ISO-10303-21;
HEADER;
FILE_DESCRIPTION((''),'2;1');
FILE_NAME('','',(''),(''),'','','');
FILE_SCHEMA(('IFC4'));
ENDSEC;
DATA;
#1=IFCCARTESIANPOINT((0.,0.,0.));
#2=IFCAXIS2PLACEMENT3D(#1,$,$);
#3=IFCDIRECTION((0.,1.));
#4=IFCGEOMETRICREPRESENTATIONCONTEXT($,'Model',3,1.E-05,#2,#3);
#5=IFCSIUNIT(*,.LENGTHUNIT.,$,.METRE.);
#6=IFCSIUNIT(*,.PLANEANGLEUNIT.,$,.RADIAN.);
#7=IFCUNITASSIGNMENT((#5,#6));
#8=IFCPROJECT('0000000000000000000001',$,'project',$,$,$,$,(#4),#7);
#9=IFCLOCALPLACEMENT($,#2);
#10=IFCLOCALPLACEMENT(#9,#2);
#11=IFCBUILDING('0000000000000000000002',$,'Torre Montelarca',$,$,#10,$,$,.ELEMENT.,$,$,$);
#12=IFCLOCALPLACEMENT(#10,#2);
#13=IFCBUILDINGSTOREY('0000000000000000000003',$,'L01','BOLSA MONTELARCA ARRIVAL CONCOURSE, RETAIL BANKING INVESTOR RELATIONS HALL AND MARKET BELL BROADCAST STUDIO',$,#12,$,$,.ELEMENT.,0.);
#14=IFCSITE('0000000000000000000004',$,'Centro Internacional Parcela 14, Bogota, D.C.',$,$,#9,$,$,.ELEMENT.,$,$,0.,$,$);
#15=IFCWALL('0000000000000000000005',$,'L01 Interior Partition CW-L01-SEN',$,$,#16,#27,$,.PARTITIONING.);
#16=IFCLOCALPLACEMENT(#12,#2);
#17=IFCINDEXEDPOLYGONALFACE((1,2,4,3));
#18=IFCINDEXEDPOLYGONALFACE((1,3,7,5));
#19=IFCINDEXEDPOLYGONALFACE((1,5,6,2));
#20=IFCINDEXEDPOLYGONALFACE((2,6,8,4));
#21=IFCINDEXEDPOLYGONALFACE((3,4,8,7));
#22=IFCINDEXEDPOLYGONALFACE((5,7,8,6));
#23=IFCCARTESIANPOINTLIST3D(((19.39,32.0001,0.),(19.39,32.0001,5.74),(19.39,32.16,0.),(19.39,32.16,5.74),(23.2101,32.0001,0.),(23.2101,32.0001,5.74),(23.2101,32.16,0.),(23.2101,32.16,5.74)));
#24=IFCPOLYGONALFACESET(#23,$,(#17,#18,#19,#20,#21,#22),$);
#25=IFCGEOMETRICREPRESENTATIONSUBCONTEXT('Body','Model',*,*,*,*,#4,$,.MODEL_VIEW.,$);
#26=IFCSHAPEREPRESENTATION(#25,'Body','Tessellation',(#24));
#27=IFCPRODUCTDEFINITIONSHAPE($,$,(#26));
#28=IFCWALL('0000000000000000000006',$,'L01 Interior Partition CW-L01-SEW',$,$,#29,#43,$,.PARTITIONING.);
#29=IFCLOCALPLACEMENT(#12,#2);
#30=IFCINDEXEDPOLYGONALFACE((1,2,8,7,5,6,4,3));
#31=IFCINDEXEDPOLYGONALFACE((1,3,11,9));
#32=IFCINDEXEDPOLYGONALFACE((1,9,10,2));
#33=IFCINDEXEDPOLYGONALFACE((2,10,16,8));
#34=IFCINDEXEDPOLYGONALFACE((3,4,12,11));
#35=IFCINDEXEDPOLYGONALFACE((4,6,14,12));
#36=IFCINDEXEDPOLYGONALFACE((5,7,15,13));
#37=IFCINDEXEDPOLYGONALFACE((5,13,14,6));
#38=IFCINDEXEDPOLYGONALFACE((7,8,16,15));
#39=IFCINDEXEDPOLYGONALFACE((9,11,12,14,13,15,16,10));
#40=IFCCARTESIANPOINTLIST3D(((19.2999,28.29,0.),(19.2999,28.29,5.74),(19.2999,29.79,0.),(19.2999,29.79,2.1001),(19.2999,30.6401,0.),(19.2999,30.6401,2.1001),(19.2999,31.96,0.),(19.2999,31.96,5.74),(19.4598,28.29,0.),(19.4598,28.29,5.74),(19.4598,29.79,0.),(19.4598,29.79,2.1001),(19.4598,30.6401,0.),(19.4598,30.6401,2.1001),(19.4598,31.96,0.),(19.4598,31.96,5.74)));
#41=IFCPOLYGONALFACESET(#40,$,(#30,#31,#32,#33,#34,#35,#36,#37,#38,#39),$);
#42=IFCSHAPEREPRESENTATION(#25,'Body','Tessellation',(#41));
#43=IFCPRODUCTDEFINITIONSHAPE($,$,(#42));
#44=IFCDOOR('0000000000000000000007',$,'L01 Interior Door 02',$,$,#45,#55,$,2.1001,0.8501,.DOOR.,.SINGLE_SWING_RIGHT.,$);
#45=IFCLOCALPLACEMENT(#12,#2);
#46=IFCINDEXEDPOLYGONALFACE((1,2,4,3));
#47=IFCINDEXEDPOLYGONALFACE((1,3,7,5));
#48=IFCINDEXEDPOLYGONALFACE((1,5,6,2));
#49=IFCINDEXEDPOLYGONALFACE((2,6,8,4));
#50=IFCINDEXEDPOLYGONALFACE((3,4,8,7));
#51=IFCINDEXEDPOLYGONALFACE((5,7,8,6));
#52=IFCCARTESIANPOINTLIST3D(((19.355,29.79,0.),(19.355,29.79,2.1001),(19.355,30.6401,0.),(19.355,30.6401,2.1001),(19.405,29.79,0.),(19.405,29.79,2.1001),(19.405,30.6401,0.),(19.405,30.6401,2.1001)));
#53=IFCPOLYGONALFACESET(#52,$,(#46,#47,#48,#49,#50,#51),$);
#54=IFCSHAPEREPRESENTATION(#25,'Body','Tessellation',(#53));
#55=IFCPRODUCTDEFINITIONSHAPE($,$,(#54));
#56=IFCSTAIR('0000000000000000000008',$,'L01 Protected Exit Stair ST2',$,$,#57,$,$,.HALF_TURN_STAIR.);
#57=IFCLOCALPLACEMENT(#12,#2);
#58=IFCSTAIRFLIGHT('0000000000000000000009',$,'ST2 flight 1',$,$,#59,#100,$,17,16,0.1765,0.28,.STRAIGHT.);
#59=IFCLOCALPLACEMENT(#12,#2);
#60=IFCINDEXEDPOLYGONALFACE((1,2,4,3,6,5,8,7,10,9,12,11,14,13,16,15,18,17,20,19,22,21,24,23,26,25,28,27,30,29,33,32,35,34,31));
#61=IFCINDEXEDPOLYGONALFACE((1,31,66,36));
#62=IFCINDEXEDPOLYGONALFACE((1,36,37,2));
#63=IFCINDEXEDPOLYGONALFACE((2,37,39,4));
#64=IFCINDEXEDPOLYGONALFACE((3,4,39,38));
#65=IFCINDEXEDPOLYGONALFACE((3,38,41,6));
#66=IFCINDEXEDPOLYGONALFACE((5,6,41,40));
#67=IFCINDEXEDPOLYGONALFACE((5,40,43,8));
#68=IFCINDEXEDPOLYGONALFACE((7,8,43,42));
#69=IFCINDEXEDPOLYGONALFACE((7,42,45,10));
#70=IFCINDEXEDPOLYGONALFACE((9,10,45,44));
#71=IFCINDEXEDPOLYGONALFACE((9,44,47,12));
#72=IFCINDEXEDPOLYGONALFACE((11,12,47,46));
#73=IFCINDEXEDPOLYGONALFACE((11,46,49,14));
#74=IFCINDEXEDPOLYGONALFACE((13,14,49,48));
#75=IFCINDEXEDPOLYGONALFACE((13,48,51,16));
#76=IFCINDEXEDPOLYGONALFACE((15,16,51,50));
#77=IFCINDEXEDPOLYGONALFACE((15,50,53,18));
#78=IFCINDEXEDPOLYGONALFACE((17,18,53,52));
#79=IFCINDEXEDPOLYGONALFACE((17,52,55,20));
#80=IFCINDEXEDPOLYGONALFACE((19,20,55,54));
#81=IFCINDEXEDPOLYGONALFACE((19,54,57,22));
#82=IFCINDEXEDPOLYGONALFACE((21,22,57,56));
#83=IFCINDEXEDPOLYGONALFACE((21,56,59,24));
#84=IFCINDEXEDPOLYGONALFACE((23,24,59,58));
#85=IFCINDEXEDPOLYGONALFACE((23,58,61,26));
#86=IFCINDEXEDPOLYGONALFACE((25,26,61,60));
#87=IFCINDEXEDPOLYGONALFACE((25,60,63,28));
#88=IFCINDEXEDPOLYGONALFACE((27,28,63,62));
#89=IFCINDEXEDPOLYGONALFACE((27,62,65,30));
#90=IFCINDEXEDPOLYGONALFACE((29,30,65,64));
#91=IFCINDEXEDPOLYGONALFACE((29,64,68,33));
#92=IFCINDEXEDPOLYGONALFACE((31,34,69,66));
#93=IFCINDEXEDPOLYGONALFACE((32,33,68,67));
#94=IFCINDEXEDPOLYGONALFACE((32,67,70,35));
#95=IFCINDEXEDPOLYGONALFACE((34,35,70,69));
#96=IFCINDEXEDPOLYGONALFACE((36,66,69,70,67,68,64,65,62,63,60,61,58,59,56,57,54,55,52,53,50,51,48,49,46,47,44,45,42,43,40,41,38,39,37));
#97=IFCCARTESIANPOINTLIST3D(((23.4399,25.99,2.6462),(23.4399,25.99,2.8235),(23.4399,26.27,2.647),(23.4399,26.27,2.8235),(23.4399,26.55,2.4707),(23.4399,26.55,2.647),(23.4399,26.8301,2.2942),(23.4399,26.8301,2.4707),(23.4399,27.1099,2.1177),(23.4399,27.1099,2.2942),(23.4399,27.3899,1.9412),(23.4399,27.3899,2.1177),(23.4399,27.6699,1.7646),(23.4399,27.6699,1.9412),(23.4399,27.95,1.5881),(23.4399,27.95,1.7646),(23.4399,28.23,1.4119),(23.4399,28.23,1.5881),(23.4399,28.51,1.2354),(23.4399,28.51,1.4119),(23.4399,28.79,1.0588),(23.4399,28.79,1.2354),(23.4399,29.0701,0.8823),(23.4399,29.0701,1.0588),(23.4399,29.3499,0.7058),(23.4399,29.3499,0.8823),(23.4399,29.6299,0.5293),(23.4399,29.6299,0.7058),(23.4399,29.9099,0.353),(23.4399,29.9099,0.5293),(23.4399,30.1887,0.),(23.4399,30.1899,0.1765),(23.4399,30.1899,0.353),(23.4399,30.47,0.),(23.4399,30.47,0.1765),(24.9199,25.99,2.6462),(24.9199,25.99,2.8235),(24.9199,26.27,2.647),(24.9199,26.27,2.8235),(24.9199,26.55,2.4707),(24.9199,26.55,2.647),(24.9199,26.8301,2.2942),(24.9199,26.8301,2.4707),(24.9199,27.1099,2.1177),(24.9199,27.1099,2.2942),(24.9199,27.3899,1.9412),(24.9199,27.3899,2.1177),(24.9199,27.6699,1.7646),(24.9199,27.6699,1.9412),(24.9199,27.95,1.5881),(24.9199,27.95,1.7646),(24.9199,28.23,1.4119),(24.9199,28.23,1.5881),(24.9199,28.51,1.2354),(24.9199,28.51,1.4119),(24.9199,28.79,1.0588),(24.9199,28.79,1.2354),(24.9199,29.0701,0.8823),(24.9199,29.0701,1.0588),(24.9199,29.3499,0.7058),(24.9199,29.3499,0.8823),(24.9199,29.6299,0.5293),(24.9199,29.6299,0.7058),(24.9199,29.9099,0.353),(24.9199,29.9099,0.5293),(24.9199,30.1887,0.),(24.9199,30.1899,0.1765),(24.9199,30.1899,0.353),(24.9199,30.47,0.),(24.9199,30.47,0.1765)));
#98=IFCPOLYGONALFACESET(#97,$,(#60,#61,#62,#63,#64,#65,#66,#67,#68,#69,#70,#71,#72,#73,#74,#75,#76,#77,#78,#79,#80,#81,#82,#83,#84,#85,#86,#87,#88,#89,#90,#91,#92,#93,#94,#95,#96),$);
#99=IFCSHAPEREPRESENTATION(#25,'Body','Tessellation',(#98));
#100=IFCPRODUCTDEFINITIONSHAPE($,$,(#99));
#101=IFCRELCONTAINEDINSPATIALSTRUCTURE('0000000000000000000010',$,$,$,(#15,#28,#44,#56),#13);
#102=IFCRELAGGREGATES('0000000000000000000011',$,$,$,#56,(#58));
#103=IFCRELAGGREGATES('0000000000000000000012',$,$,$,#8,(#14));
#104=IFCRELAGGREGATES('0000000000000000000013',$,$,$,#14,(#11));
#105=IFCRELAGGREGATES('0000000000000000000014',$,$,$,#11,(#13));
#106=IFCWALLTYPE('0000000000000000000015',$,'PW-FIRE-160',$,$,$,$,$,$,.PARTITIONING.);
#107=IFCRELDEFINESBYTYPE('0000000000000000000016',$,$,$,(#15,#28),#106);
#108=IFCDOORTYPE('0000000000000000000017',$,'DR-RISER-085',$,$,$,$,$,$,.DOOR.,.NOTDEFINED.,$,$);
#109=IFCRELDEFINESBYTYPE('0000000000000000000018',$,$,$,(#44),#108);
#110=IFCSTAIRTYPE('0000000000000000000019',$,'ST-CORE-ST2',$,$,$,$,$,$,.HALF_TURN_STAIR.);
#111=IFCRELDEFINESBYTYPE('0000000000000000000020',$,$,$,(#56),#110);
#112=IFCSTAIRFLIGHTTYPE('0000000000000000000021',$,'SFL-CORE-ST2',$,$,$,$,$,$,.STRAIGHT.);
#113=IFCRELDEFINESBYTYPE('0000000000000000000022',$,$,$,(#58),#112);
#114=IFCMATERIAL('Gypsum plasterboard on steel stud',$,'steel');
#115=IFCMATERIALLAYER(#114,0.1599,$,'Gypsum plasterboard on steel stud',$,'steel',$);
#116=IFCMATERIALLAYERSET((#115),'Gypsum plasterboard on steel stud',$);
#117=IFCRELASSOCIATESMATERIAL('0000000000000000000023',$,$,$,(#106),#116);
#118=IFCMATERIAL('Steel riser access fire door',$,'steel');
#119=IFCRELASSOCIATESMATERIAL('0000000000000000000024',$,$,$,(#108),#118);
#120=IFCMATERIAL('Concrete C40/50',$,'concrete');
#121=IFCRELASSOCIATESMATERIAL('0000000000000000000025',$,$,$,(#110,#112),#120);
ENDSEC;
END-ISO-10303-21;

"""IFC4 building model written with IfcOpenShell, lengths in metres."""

from ifc_helpers import new_model, si_unit, direction, frame, frame_2d, origin, place, context, subcontext, project, spatial, polyline, rectangle, outline, extrude, source, transform, mapped, material, layer, layer_set, type_object, element, fill, aggregate, save


model = new_model("IFC4")

# Units and contexts
model_context = context("Model", 3, precision=1e-05, world=origin(), true_north=direction((0.0, 1.0)))
body_context = subcontext(model_context, "Body", "Model", "MODEL_VIEW")
ifc_project = project(units=[si_unit("LENGTHUNIT", "METRE"), si_unit("PLANEANGLEUNIT", "RADIAN")], contexts=[model_context])

# Site, building, storey
site_placement = place(None, origin())
site = spatial("IfcSite", under=ifc_project, at=site_placement, Name="Centro Internacional Parcela 14, Bogota, D.C.", CompositionType="ELEMENT", RefElevation=0.0)
building_placement = place(site_placement, origin())
building = spatial("IfcBuilding", under=site, at=building_placement, Name="Torre Montelarca", CompositionType="ELEMENT")
storey_placement = place(building_placement, origin())
storey = spatial("IfcBuildingStorey", under=building, at=storey_placement, Name="L01", Description="BOLSA MONTELARCA ARRIVAL CONCOURSE, RETAIL BANKING INVESTOR RELATIONS HALL AND MARKET BELL BROADCAST STUDIO", CompositionType="ELEMENT", Elevation=0.0)

# Shared definitions
ifc_material_1 = material(Name="Concrete C40/50", Category="concrete")

# Wall
ifc_material_2 = material(Name="Gypsum plasterboard on steel stud", Category="steel")
ifc_layer_1 = layer(ifc_material_2, 0.1599, Name="Gypsum plasterboard on steel stud", Category="steel")
ifc_layer_set_1 = layer_set([ifc_layer_1], Name="Gypsum plasterboard on steel stud")
wall_type_1 = type_object("IfcWallType", Name="PW-FIRE-160", PredefinedType="PARTITIONING", material=ifc_layer_set_1)
wall_1_placement = place(storey_placement, frame((19.3899, 32.0801, 0.0), z_axis=(0.0, 0.0, 1.0), x_axis=(1.0, 0.0, 0.0)))
element("IfcWall", 1, at=wall_1_placement, inside=storey, type_object=wall_type_1, Name="L01 Interior Partition CW-L01-SEN", PredefinedType="PARTITIONING", context=body_context, shape_type="SweptSolid", body=[
    extrude(rectangle(XDim=3.8201, YDim=0.1599, at=frame_2d((1.9102, 0.0))), origin(), (0.0, 0.0, 1.0), 5.74),
])

# Wall, opening, door
wall_2_placement = place(storey_placement, frame((19.3799, 28.29, 0.0), z_axis=(0.0, 0.0, 1.0), x_axis=(0.0, 1.0, 0.0)))
wall_2 = element("IfcWall", 2, at=wall_2_placement, inside=storey, type_object=wall_type_1, Name="L01 Interior Partition CW-L01-SEW", PredefinedType="PARTITIONING", context=body_context, shape_type="SweptSolid", body=[
    extrude(rectangle(XDim=3.6699, YDim=0.1599, at=frame_2d((1.835, 0.0))), origin(), (0.0, 0.0, 1.0), 5.74),
])
opening_1_placement = place(wall_2_placement, frame((1.5, 0.0, 0.0)))
opening_1 = element("IfcOpeningElement", 3, at=opening_1_placement, cuts=wall_2, PredefinedType="OPENING", context=body_context, shape_type="SweptSolid", body=[
    extrude(rectangle(XDim=0.8501, YDim=2.1001, at=frame_2d((0.425, 1.05))), frame((0.0, 0.0898, 0.0), z_axis=(0.0, -1.0, 0.0), x_axis=(1.0, 0.0, 0.0)), (0.0, 0.0, 1.0), 0.1799),
])
ifc_material_3 = material(Name="Steel riser access fire door", Category="steel")
door_type_1 = type_object("IfcDoorType", Name="DR-RISER-085", OperationType="NOTDEFINED", PredefinedType="DOOR", material=ifc_material_3)
shared_shape_1 = source(origin(), body_context, "Body", "SweptSolid", [
    extrude(rectangle(XDim=0.8501, YDim=2.1001, at=frame_2d((0.425, 1.05))), frame((0.0, 0.0249, 0.0), z_axis=(0.0, -1.0, 0.0), x_axis=(1.0, 0.0, 0.0)), (0.0, 0.0, 1.0), 0.05),
])
door_1_placement = place(opening_1_placement, origin())
door_1 = element("IfcDoor", 4, at=door_1_placement, inside=storey, type_object=door_type_1, Name="L01 Interior Door 02", OperationType="SINGLE_SWING_RIGHT", OverallHeight=2.1001, OverallWidth=0.8501, PredefinedType="DOOR", context=body_context, shape_type="MappedRepresentation", body=[
    mapped(shared_shape_1, transform((0.0, 0.0, 0.0), scale=1.0)),
])
fill(opening_1, door_1)

# Stair, stair flight
stair_type = type_object("IfcStairType", Name="ST-CORE-ST2", PredefinedType="HALF_TURN_STAIR", material=ifc_material_1)
stair_placement = place(storey_placement, origin())
stair = element("IfcStair", 5, at=stair_placement, inside=storey, type_object=stair_type, Name="L01 Protected Exit Stair ST2", PredefinedType="HALF_TURN_STAIR")
stair_flight_type = type_object("IfcStairFlightType", Name="SFL-CORE-ST2", PredefinedType="STRAIGHT", material=ifc_material_1)
stair_flight_placement = place(storey_placement, frame((24.1799, 30.47, 0.0), z_axis=(0.0, 0.0, 1.0), x_axis=(0.0, -1.0, 0.0)))
stair_flight = element("IfcStairFlight", 6, at=stair_flight_placement, type_object=stair_flight_type, Name="ST2 flight 1", NumberOfRisers=17, NumberOfTreads=16, PredefinedType="STRAIGHT", RiserHeight=0.1765, TreadLength=0.28, context=body_context, shape_type="SweptSolid", body=[
    extrude(outline(polyline([(0.0, 0.0), (0.0, 0.1765), (0.28, 0.1765), (0.28, 0.353), (0.5601, 0.353), (0.5601, 0.5293), (0.8401, 0.5293), (0.8401, 0.7058), (1.1201, 0.7058), (1.1201, 0.8823), (1.3999, 0.8823), (1.3999, 1.0588), (1.6799, 1.0588), (1.6799, 1.2354), (1.96, 1.2354), (1.96, 1.4119), (2.24, 1.4119), (2.24, 1.5881), (2.52, 1.5881), (2.52, 1.7646), (2.8, 1.7646), (2.8, 1.9412), (3.0801, 1.9412), (3.0801, 2.1177), (3.3601, 2.1177), (3.3601, 2.2942), (3.6399, 2.2942), (3.6399, 2.4707), (3.9199, 2.4707), (3.9199, 2.647), (4.2, 2.647), (4.2, 2.8235), (4.48, 2.8235), (4.48, 3.0), (4.48, 2.6462), (0.2812, 0.0), (0.0, 0.0)])), frame((0.0, 0.74, 0.0), z_axis=(0.0, -1.0, 0.0), x_axis=(1.0, 0.0, 0.0)), (0.0, 0.0, 1.0), 1.48),
])
aggregate(stair, [stair_flight])

save(model, "model.ifc")
